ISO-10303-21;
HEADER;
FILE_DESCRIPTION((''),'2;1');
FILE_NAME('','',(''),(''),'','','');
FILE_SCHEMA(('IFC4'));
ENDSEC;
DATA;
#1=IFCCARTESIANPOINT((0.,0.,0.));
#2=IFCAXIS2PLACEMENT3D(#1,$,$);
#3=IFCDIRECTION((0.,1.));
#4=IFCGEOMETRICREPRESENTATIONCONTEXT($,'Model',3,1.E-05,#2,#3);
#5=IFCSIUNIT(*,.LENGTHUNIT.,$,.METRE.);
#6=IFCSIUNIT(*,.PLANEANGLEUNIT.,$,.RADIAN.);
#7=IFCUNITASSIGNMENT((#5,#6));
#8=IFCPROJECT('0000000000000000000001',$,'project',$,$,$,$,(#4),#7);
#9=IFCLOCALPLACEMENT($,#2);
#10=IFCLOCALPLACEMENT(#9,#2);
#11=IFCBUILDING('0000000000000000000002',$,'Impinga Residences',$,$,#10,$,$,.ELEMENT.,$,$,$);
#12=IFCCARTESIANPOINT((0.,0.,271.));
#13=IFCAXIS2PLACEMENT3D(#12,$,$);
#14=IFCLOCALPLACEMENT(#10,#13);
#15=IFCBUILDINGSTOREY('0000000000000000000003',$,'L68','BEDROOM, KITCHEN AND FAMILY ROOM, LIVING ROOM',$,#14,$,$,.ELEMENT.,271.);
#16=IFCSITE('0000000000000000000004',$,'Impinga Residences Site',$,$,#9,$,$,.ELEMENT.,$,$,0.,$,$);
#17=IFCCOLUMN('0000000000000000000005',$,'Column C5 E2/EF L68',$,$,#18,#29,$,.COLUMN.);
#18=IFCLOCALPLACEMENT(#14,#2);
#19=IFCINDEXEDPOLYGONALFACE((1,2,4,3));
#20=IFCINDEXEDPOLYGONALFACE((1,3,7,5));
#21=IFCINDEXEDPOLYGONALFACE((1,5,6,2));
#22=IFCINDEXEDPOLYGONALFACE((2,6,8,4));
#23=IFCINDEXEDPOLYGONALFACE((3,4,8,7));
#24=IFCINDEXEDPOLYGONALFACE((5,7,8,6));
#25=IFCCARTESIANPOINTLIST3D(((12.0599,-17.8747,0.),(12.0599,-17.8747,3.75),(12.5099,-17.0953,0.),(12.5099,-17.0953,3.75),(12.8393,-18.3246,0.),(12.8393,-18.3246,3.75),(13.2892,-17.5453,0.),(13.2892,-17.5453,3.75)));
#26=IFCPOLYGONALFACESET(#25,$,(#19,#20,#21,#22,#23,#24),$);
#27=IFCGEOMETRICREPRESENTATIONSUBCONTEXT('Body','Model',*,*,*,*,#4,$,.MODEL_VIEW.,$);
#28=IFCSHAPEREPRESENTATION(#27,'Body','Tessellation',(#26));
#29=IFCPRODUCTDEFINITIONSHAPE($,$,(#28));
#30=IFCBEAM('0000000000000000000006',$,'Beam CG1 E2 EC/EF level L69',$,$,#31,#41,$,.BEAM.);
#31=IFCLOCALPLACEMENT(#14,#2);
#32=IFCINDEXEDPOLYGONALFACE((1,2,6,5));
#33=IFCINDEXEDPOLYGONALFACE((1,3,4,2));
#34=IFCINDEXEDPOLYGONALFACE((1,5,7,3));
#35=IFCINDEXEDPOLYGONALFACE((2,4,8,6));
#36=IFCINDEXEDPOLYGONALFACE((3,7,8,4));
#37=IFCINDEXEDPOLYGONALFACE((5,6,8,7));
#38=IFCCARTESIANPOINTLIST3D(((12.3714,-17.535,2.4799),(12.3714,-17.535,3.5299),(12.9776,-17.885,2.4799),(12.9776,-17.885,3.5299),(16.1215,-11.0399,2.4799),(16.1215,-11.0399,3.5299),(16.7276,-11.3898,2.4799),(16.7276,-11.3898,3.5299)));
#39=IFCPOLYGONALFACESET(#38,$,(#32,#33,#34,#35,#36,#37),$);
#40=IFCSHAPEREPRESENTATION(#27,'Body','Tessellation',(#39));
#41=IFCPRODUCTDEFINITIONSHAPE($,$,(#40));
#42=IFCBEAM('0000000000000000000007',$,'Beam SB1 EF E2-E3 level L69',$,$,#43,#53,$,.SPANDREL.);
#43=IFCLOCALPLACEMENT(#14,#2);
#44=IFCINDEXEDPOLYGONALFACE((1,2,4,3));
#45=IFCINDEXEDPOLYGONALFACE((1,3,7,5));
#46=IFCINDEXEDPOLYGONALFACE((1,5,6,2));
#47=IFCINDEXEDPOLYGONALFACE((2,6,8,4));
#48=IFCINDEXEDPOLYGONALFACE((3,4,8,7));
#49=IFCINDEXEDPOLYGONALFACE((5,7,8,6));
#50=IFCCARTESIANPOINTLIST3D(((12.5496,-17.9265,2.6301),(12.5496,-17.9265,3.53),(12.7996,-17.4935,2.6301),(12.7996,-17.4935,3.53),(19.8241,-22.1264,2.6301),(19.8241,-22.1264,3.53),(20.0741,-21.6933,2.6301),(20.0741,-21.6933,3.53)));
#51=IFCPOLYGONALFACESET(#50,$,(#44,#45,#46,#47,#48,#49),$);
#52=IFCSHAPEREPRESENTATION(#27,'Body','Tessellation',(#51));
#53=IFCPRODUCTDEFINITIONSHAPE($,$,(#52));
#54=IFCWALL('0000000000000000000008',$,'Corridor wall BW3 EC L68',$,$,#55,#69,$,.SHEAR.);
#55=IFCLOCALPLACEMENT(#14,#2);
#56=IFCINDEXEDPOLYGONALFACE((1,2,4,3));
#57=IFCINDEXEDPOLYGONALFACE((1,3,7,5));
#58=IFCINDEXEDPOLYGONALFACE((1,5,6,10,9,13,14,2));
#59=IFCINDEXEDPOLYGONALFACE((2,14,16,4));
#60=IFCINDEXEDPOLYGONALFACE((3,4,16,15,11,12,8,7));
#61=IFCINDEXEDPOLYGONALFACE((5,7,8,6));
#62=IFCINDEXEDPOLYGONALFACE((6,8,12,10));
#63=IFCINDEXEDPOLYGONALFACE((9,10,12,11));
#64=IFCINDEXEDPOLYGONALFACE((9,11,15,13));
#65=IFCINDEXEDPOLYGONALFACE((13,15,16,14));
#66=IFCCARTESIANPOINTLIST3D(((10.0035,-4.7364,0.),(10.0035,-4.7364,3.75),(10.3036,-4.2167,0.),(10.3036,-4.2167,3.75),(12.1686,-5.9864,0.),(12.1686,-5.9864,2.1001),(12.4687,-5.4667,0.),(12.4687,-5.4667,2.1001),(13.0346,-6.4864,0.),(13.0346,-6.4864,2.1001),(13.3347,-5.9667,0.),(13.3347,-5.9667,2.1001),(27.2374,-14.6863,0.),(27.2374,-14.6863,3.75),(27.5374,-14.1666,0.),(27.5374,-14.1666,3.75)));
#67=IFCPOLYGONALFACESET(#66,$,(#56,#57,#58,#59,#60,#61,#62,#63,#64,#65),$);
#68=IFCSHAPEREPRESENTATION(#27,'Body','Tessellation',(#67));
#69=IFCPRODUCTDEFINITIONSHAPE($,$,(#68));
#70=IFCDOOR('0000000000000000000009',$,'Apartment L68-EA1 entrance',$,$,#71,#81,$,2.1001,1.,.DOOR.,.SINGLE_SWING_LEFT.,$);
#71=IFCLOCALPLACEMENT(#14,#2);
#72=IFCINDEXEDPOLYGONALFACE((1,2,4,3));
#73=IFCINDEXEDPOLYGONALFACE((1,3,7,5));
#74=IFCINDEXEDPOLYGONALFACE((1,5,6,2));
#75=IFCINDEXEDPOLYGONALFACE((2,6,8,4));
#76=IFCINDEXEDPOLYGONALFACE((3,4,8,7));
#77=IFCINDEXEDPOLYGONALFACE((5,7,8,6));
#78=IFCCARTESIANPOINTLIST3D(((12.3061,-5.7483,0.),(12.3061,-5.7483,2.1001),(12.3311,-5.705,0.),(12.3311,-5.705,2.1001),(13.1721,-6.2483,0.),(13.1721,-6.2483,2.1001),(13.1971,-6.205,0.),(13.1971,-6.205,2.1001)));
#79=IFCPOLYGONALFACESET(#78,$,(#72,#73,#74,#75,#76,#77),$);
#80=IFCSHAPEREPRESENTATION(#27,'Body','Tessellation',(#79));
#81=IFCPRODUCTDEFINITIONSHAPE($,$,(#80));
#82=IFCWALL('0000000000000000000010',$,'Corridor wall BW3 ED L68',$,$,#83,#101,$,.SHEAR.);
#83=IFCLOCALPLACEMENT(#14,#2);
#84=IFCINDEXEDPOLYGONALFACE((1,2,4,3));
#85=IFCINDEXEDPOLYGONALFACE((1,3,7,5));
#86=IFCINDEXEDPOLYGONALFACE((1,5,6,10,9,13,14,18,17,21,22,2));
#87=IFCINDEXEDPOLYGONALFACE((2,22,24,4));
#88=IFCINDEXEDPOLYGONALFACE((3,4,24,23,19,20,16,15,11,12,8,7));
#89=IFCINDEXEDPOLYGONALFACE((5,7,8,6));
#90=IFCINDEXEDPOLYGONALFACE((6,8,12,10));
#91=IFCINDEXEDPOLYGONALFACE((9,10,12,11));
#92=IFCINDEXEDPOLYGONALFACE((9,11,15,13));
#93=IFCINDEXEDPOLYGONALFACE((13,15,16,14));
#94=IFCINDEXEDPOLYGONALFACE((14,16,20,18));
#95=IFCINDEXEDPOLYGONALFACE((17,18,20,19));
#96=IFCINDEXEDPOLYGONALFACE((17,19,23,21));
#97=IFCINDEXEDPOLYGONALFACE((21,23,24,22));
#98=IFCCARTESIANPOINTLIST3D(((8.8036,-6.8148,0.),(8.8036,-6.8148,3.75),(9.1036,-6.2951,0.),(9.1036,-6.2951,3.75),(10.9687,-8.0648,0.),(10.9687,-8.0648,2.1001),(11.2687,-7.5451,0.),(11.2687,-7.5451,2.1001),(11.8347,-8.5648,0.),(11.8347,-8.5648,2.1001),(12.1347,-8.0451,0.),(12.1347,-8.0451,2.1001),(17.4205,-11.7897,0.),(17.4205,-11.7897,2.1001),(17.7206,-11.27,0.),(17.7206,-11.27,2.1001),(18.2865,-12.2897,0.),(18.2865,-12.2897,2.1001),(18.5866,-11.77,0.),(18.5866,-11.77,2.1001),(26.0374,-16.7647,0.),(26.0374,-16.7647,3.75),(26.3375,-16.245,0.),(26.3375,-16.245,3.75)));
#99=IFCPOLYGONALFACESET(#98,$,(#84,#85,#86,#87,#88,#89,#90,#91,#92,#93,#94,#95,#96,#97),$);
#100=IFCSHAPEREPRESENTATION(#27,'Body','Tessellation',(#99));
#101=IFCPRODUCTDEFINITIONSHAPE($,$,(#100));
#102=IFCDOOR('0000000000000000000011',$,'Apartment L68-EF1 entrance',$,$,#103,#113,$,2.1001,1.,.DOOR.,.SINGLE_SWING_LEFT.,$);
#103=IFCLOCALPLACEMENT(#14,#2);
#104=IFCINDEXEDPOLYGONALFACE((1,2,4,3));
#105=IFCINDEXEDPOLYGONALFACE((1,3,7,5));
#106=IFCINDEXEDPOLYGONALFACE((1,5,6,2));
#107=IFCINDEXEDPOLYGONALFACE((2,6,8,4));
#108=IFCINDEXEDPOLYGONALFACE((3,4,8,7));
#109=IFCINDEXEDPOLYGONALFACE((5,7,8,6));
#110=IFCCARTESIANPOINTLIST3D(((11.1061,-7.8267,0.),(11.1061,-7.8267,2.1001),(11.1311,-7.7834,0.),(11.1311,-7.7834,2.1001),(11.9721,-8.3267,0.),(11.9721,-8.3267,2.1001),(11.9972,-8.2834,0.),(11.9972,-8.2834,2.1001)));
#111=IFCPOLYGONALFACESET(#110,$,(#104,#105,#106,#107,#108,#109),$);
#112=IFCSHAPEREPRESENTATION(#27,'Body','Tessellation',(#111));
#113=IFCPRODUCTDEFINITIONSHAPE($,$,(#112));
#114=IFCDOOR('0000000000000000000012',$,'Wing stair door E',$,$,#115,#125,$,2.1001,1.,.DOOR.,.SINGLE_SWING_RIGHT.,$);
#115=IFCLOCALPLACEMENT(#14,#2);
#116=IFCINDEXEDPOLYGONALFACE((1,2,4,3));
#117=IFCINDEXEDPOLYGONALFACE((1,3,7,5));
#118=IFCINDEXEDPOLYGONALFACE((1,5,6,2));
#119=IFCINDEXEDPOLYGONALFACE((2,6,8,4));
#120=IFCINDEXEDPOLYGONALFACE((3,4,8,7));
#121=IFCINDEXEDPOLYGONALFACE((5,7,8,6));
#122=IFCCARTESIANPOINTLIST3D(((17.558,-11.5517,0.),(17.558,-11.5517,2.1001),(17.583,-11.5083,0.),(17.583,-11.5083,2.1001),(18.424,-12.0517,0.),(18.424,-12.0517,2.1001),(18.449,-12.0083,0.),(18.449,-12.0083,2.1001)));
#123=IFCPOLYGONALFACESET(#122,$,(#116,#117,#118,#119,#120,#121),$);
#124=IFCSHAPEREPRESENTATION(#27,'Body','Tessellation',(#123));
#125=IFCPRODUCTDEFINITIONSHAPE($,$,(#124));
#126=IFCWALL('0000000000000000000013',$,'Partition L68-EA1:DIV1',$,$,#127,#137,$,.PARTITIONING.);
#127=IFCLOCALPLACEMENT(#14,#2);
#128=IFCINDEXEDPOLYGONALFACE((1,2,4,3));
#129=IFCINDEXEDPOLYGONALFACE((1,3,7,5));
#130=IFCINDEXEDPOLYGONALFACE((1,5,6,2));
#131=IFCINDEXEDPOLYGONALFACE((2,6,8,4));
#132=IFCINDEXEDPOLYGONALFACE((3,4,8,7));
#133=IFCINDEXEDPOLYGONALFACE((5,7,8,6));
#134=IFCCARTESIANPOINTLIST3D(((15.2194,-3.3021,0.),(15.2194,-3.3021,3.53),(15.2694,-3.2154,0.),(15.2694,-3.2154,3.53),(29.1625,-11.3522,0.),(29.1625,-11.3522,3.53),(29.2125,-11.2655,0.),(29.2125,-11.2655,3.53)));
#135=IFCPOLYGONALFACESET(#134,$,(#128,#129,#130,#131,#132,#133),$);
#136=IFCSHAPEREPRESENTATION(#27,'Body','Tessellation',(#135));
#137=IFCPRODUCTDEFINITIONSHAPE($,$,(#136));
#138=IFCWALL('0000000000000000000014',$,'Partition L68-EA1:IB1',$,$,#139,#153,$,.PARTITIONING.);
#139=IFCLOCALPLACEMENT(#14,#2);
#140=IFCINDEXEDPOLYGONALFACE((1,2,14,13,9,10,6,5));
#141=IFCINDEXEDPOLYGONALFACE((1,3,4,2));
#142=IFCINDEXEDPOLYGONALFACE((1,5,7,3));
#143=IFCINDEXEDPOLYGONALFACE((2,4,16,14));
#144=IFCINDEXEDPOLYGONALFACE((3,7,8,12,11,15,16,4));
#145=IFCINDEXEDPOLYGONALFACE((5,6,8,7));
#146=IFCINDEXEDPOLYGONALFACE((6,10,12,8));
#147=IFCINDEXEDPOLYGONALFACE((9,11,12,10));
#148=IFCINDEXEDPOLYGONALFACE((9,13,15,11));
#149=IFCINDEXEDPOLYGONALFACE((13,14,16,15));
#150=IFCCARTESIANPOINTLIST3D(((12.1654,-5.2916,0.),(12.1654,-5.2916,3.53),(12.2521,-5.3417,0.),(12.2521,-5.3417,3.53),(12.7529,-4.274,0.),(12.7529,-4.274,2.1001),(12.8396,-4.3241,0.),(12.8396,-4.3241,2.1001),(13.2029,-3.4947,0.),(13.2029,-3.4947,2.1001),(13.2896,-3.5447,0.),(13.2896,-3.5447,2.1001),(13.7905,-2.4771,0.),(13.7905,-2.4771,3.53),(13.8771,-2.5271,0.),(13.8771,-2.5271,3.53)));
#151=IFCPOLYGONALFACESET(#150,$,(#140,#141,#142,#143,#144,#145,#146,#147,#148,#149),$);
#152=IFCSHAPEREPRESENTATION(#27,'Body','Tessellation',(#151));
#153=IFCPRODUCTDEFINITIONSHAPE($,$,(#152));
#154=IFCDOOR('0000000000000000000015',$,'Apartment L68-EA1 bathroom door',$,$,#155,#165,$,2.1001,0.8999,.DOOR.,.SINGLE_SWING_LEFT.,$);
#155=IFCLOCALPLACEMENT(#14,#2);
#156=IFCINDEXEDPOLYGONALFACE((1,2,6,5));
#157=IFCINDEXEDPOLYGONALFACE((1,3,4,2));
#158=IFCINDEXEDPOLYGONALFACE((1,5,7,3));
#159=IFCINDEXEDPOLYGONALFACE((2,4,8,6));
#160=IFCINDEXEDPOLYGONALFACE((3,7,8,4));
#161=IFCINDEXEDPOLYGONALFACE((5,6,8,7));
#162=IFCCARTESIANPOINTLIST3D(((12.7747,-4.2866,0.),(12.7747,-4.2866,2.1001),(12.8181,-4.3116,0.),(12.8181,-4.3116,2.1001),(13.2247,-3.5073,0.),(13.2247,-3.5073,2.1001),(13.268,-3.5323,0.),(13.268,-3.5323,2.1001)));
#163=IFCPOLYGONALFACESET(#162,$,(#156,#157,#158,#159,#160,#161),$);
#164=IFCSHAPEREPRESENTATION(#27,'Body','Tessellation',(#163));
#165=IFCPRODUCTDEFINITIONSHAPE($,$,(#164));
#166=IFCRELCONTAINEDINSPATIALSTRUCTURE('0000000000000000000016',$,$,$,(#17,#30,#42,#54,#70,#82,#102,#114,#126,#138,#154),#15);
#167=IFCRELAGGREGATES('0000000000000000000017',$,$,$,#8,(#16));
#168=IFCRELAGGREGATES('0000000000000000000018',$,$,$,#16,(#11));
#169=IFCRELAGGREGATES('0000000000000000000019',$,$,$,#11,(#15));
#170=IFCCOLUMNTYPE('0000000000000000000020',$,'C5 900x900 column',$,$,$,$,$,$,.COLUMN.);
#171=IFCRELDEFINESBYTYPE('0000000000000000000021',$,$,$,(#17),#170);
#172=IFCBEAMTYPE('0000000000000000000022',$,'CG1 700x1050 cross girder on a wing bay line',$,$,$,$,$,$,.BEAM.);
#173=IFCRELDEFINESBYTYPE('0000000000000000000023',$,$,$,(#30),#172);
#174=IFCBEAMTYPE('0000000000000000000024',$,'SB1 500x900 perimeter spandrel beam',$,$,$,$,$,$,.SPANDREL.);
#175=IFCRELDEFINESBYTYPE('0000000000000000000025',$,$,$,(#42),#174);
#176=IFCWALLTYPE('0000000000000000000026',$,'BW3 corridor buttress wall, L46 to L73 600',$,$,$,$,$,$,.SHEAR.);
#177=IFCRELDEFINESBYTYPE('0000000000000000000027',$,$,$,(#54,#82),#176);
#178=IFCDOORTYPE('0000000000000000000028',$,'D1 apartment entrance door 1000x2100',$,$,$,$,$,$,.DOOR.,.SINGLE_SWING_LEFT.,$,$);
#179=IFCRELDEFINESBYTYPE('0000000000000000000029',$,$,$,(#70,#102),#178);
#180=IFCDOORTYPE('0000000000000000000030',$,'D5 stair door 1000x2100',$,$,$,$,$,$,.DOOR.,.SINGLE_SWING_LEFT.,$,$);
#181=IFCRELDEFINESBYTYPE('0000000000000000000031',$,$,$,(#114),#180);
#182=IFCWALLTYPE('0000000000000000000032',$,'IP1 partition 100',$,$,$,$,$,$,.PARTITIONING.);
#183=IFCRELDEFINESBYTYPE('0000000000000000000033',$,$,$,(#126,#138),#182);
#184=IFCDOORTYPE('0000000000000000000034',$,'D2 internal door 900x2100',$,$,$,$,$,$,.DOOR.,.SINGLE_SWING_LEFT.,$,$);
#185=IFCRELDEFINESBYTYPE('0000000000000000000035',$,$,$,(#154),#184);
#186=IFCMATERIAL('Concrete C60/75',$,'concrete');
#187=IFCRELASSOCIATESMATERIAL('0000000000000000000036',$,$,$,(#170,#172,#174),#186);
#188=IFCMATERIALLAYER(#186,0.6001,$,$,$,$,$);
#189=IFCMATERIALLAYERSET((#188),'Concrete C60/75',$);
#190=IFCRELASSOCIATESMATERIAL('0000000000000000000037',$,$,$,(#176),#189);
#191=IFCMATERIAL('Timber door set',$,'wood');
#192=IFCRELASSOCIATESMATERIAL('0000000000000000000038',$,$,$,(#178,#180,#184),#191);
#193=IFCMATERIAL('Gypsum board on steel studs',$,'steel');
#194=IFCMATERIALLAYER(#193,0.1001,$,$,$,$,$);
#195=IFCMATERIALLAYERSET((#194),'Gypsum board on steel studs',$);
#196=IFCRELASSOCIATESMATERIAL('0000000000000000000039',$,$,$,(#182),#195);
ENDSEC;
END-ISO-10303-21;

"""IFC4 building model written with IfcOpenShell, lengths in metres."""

from ifc_helpers import new_model, si_unit, direction, frame, frame_2d, origin, origin_2d, place, context, subcontext, project, spatial, rectangle, extrude, material, layer, layer_set, material_profile, profile_set, type_object, element, fill, save


model = new_model("IFC4")

# Units and contexts
model_context = context("Model", 3, precision=1e-05, world=origin(), true_north=direction((0.0, 1.0)))
body_context = subcontext(model_context, "Body", "Model", "MODEL_VIEW")
ifc_project = project(units=[si_unit("LENGTHUNIT", "METRE"), si_unit("PLANEANGLEUNIT", "RADIAN")], contexts=[model_context])

# Site, building, storey
site_placement = place(None, origin())
site = spatial("IfcSite", under=ifc_project, at=site_placement, Name="Impinga Residences Site", CompositionType="ELEMENT", RefElevation=0.0)
building_placement = place(site_placement, origin())
building = spatial("IfcBuilding", under=site, at=building_placement, Name="Impinga Residences", CompositionType="ELEMENT")
storey_placement = place(building_placement, frame((0.0, 0.0, 271.0)))
storey = spatial("IfcBuildingStorey", under=building, at=storey_placement, Name="L68", Description="BEDROOM, KITCHEN AND FAMILY ROOM, LIVING ROOM", CompositionType="ELEMENT", Elevation=271.0)

# Column
ifc_material_1 = material(Name="Concrete C60/75", Category="concrete")
ifc_material_profile_1 = material_profile(ifc_material_1, rectangle(XDim=0.8999, YDim=0.8999, at=origin_2d()), Name="RC 900x900")
ifc_profile_set_1 = profile_set([ifc_material_profile_1], Name="Concrete C60/75")
column_type = type_object("IfcColumnType", Name="C5 900x900 column", PredefinedType="COLUMN", material=ifc_profile_set_1)
column_placement = place(storey_placement, frame((12.6746, -17.71, 0.0), z_axis=(0.0, 0.0, 1.0), x_axis=(-0.5, -0.866025, 0.0)))
element("IfcColumn", 1, at=column_placement, inside=storey, type_object=column_type, Name="Column C5 E2/EF L68", PredefinedType="COLUMN", context=body_context, shape_type="SweptSolid", body=[
    extrude(rectangle(XDim=0.8999, YDim=0.8999, at=origin_2d()), origin(), (0.0, 0.0, 1.0), 3.75),
])

# Beams
ifc_material_profile_2 = material_profile(ifc_material_1, rectangle(XDim=0.7, YDim=1.05, at=origin_2d()), Name="RC 700x1050")
ifc_profile_set_2 = profile_set([ifc_material_profile_2], Name="Concrete C60/75")
beam_type_1 = type_object("IfcBeamType", Name="CG1 700x1050 cross girder on a wing bay line", PredefinedType="BEAM", material=ifc_profile_set_2)
beam_1_placement = place(storey_placement, frame((16.4246, -11.2148, 3.0049), z_axis=(-0.500004, -0.866023, 0.0), x_axis=(0.866023, -0.500004, 0.0)))
element("IfcBeam", 2, at=beam_1_placement, inside=storey, type_object=beam_type_1, Name="Beam CG1 E2 EC/EF level L69", PredefinedType="BEAM", context=body_context, shape_type="SweptSolid", body=[
    extrude(rectangle(XDim=0.7, YDim=1.05, at=origin_2d()), origin(), (0.0, 0.0, 1.0), 7.5),
])
ifc_material_profile_3 = material_profile(ifc_material_1, rectangle(XDim=0.5, YDim=0.8999, at=origin_2d()), Name="RC 500x900")
ifc_profile_set_3 = profile_set([ifc_material_profile_3], Name="Concrete C60/75")
beam_type_2 = type_object("IfcBeamType", Name="SB1 500x900 perimeter spandrel beam", PredefinedType="SPANDREL", material=ifc_profile_set_3)
beam_2_placement = place(storey_placement, frame((12.6746, -17.71, 3.0801), z_axis=(0.866029, -0.499993, 0.0), x_axis=(0.499993, 0.866029, 0.0)))
element("IfcBeam", 3, at=beam_2_placement, inside=storey, type_object=beam_type_2, Name="Beam SB1 EF E2-E3 level L69", PredefinedType="SPANDREL", context=body_context, shape_type="SweptSolid", body=[
    extrude(rectangle(XDim=0.5, YDim=0.8999, at=origin_2d()), origin(), (0.0, 0.0, 1.0), 8.3999),
])

# Wall, opening, door
ifc_layer_1 = layer(ifc_material_1, 0.6001)
ifc_layer_set_1 = layer_set([ifc_layer_1], Name="Concrete C60/75")
wall_type_1 = type_object("IfcWallType", Name="BW3 corridor buttress wall, L46 to L73 600", PredefinedType="SHEAR", material=ifc_layer_set_1)
wall_1_placement = place(storey_placement, frame((10.1536, -4.4766, 0.0), z_axis=(0.0, 0.0, 1.0), x_axis=(0.866026, -0.499999, 0.0)))
wall_1 = element("IfcWall", 4, at=wall_1_placement, inside=storey, type_object=wall_type_1, Name="Corridor wall BW3 EC L68", PredefinedType="SHEAR", context=body_context, shape_type="SweptSolid", body=[
    extrude(rectangle(XDim=19.8999, YDim=0.6001, at=frame_2d((9.95, 0.0))), origin(), (0.0, 0.0, 1.0), 3.75),
])
opening_1_placement = place(wall_1_placement, frame((2.5, 0.0, 0.0)))
opening_1 = element("IfcOpeningElement", 5, at=opening_1_placement, cuts=wall_1, PredefinedType="OPENING", context=body_context, shape_type="SweptSolid", body=[
    extrude(rectangle(XDim=1.0, YDim=2.1001, at=frame_2d((0.5, 1.05))), frame((0.0, 0.3101, 0.0), z_axis=(0.0, -1.0, 0.0), x_axis=(1.0, 0.0, 0.0)), (0.0, 0.0, 1.0), 0.6201),
])
ifc_material_2 = material(Name="Timber door set", Category="wood")
door_type_1 = type_object("IfcDoorType", Name="D1 apartment entrance door 1000x2100", OperationType="SINGLE_SWING_LEFT", PredefinedType="DOOR", material=ifc_material_2)
door_1_placement = place(opening_1_placement, origin())
door_1 = element("IfcDoor", 6, at=door_1_placement, inside=storey, type_object=door_type_1, Name="Apartment L68-EA1 entrance", OperationType="SINGLE_SWING_LEFT", OverallHeight=2.1001, OverallWidth=1.0, PredefinedType="DOOR", context=body_context, shape_type="SweptSolid", body=[
    extrude(rectangle(XDim=1.0, YDim=2.1001, at=frame_2d((0.5, 1.05))), frame((0.0, 0.0249, 0.0), z_axis=(0.0, -1.0, 0.0), x_axis=(1.0, 0.0, 0.0)), (0.0, 0.0, 1.0), 0.05),
])
fill(opening_1, door_1)

# Wall, openings, doors
wall_2_placement = place(storey_placement, frame((8.9536, -6.5549, 0.0), z_axis=(0.0, 0.0, 1.0), x_axis=(0.866026, -0.499999, 0.0)))
wall_2 = element("IfcWall", 7, at=wall_2_placement, inside=storey, type_object=wall_type_1, Name="Corridor wall BW3 ED L68", PredefinedType="SHEAR", context=body_context, shape_type="SweptSolid", body=[
    extrude(rectangle(XDim=19.8999, YDim=0.6001, at=frame_2d((9.95, 0.0))), origin(), (0.0, 0.0, 1.0), 3.75),
])
opening_2_placement = place(wall_2_placement, frame((9.95, 0.0, 0.0)))
opening_2 = element("IfcOpeningElement", 8, at=opening_2_placement, cuts=wall_2, PredefinedType="OPENING", context=body_context, shape_type="SweptSolid", body=[
    extrude(rectangle(XDim=1.0, YDim=2.1001, at=frame_2d((0.5, 1.05))), frame((0.0, 0.3101, 0.0), z_axis=(0.0, -1.0, 0.0), x_axis=(1.0, 0.0, 0.0)), (0.0, 0.0, 1.0), 0.6201),
])
opening_3_placement = place(wall_2_placement, frame((2.5, 0.0, 0.0)))
opening_3 = element("IfcOpeningElement", 9, at=opening_3_placement, cuts=wall_2, PredefinedType="OPENING", context=body_context, shape_type="SweptSolid", body=[
    extrude(rectangle(XDim=1.0, YDim=2.1001, at=frame_2d((0.5, 1.05))), frame((0.0, 0.3101, 0.0), z_axis=(0.0, -1.0, 0.0), x_axis=(1.0, 0.0, 0.0)), (0.0, 0.0, 1.0), 0.6201),
])
door_2_placement = place(opening_3_placement, origin())
door_2 = element("IfcDoor", 10, at=door_2_placement, inside=storey, type_object=door_type_1, Name="Apartment L68-EF1 entrance", OperationType="SINGLE_SWING_LEFT", OverallHeight=2.1001, OverallWidth=1.0, PredefinedType="DOOR", context=body_context, shape_type="SweptSolid", body=[
    extrude(rectangle(XDim=1.0, YDim=2.1001, at=frame_2d((0.5, 1.05))), frame((0.0, 0.0249, 0.0), z_axis=(0.0, -1.0, 0.0), x_axis=(1.0, 0.0, 0.0)), (0.0, 0.0, 1.0), 0.05),
])
fill(opening_3, door_2)
door_type_2 = type_object("IfcDoorType", Name="D5 stair door 1000x2100", OperationType="SINGLE_SWING_LEFT", PredefinedType="DOOR", material=ifc_material_2)
door_3_placement = place(opening_2_placement, origin())
door_3 = element("IfcDoor", 11, at=door_3_placement, inside=storey, type_object=door_type_2, Name="Wing stair door E", OperationType="SINGLE_SWING_RIGHT", OverallHeight=2.1001, OverallWidth=1.0, PredefinedType="DOOR", context=body_context, shape_type="SweptSolid", body=[
    extrude(rectangle(XDim=1.0, YDim=2.1001, at=frame_2d((0.5, 1.05))), frame((0.0, 0.0249, 0.0), z_axis=(0.0, -1.0, 0.0), x_axis=(1.0, 0.0, 0.0)), (0.0, 0.0, 1.0), 0.05),
])
fill(opening_2, door_3)

# Wall
ifc_material_3 = material(Name="Gypsum board on steel studs", Category="steel")
ifc_layer_2 = layer(ifc_material_3, 0.1001)
ifc_layer_set_2 = layer_set([ifc_layer_2], Name="Gypsum board on steel studs")
wall_type_2 = type_object("IfcWallType", Name="IP1 partition 100", PredefinedType="PARTITIONING", material=ifc_layer_set_2)
wall_3_placement = place(storey_placement, frame((15.2444, -3.2588, 0.0), z_axis=(0.0, 0.0, 1.0), x_axis=(0.866026, -0.499999, 0.0)))
element("IfcWall", 12, at=wall_3_placement, inside=storey, type_object=wall_type_2, Name="Partition L68-EA1:DIV1", PredefinedType="PARTITIONING", context=body_context, shape_type="SweptSolid", body=[
    extrude(rectangle(XDim=16.1001, YDim=0.1001, at=frame_2d((8.05, 0.0))), origin(), (0.0, 0.0, 1.0), 3.53),
])

# Wall, opening, door
wall_4_placement = place(storey_placement, frame((12.2087, -5.3167, 0.0), z_axis=(0.0, 0.0, 1.0), x_axis=(0.500017, 0.866015, 0.0)))
wall_4 = element("IfcWall", 13, at=wall_4_placement, inside=storey, type_object=wall_type_2, Name="Partition L68-EA1:IB1", PredefinedType="PARTITIONING", context=body_context, shape_type="SweptSolid", body=[
    extrude(rectangle(XDim=3.25, YDim=0.1001, at=frame_2d((1.625, 0.0))), origin(), (0.0, 0.0, 1.0), 3.53),
])
opening_4_placement = place(wall_4_placement, frame((1.175, 0.0, 0.0)))
opening_4 = element("IfcOpeningElement", 14, at=opening_4_placement, cuts=wall_4, PredefinedType="OPENING", context=body_context, shape_type="SweptSolid", body=[
    extrude(rectangle(XDim=0.8999, YDim=2.1001, at=frame_2d((0.45, 1.05))), frame((0.0, 0.0601, 0.0), z_axis=(0.0, -1.0, 0.0), x_axis=(1.0, 0.0, 0.0)), (0.0, 0.0, 1.0), 0.1201),
])
door_type_3 = type_object("IfcDoorType", Name="D2 internal door 900x2100", OperationType="SINGLE_SWING_LEFT", PredefinedType="DOOR", material=ifc_material_2)
door_4_placement = place(opening_4_placement, origin())
door_4 = element("IfcDoor", 15, at=door_4_placement, inside=storey, type_object=door_type_3, Name="Apartment L68-EA1 bathroom door", OperationType="SINGLE_SWING_LEFT", OverallHeight=2.1001, OverallWidth=0.8999, PredefinedType="DOOR", context=body_context, shape_type="SweptSolid", body=[
    extrude(rectangle(XDim=0.8999, YDim=2.1001, at=frame_2d((0.45, 1.05))), frame((0.0, 0.0249, 0.0), z_axis=(0.0, -1.0, 0.0), x_axis=(1.0, 0.0, 0.0)), (0.0, 0.0, 1.0), 0.05),
])
fill(opening_4, door_4)

save(model, "model.ifc")
